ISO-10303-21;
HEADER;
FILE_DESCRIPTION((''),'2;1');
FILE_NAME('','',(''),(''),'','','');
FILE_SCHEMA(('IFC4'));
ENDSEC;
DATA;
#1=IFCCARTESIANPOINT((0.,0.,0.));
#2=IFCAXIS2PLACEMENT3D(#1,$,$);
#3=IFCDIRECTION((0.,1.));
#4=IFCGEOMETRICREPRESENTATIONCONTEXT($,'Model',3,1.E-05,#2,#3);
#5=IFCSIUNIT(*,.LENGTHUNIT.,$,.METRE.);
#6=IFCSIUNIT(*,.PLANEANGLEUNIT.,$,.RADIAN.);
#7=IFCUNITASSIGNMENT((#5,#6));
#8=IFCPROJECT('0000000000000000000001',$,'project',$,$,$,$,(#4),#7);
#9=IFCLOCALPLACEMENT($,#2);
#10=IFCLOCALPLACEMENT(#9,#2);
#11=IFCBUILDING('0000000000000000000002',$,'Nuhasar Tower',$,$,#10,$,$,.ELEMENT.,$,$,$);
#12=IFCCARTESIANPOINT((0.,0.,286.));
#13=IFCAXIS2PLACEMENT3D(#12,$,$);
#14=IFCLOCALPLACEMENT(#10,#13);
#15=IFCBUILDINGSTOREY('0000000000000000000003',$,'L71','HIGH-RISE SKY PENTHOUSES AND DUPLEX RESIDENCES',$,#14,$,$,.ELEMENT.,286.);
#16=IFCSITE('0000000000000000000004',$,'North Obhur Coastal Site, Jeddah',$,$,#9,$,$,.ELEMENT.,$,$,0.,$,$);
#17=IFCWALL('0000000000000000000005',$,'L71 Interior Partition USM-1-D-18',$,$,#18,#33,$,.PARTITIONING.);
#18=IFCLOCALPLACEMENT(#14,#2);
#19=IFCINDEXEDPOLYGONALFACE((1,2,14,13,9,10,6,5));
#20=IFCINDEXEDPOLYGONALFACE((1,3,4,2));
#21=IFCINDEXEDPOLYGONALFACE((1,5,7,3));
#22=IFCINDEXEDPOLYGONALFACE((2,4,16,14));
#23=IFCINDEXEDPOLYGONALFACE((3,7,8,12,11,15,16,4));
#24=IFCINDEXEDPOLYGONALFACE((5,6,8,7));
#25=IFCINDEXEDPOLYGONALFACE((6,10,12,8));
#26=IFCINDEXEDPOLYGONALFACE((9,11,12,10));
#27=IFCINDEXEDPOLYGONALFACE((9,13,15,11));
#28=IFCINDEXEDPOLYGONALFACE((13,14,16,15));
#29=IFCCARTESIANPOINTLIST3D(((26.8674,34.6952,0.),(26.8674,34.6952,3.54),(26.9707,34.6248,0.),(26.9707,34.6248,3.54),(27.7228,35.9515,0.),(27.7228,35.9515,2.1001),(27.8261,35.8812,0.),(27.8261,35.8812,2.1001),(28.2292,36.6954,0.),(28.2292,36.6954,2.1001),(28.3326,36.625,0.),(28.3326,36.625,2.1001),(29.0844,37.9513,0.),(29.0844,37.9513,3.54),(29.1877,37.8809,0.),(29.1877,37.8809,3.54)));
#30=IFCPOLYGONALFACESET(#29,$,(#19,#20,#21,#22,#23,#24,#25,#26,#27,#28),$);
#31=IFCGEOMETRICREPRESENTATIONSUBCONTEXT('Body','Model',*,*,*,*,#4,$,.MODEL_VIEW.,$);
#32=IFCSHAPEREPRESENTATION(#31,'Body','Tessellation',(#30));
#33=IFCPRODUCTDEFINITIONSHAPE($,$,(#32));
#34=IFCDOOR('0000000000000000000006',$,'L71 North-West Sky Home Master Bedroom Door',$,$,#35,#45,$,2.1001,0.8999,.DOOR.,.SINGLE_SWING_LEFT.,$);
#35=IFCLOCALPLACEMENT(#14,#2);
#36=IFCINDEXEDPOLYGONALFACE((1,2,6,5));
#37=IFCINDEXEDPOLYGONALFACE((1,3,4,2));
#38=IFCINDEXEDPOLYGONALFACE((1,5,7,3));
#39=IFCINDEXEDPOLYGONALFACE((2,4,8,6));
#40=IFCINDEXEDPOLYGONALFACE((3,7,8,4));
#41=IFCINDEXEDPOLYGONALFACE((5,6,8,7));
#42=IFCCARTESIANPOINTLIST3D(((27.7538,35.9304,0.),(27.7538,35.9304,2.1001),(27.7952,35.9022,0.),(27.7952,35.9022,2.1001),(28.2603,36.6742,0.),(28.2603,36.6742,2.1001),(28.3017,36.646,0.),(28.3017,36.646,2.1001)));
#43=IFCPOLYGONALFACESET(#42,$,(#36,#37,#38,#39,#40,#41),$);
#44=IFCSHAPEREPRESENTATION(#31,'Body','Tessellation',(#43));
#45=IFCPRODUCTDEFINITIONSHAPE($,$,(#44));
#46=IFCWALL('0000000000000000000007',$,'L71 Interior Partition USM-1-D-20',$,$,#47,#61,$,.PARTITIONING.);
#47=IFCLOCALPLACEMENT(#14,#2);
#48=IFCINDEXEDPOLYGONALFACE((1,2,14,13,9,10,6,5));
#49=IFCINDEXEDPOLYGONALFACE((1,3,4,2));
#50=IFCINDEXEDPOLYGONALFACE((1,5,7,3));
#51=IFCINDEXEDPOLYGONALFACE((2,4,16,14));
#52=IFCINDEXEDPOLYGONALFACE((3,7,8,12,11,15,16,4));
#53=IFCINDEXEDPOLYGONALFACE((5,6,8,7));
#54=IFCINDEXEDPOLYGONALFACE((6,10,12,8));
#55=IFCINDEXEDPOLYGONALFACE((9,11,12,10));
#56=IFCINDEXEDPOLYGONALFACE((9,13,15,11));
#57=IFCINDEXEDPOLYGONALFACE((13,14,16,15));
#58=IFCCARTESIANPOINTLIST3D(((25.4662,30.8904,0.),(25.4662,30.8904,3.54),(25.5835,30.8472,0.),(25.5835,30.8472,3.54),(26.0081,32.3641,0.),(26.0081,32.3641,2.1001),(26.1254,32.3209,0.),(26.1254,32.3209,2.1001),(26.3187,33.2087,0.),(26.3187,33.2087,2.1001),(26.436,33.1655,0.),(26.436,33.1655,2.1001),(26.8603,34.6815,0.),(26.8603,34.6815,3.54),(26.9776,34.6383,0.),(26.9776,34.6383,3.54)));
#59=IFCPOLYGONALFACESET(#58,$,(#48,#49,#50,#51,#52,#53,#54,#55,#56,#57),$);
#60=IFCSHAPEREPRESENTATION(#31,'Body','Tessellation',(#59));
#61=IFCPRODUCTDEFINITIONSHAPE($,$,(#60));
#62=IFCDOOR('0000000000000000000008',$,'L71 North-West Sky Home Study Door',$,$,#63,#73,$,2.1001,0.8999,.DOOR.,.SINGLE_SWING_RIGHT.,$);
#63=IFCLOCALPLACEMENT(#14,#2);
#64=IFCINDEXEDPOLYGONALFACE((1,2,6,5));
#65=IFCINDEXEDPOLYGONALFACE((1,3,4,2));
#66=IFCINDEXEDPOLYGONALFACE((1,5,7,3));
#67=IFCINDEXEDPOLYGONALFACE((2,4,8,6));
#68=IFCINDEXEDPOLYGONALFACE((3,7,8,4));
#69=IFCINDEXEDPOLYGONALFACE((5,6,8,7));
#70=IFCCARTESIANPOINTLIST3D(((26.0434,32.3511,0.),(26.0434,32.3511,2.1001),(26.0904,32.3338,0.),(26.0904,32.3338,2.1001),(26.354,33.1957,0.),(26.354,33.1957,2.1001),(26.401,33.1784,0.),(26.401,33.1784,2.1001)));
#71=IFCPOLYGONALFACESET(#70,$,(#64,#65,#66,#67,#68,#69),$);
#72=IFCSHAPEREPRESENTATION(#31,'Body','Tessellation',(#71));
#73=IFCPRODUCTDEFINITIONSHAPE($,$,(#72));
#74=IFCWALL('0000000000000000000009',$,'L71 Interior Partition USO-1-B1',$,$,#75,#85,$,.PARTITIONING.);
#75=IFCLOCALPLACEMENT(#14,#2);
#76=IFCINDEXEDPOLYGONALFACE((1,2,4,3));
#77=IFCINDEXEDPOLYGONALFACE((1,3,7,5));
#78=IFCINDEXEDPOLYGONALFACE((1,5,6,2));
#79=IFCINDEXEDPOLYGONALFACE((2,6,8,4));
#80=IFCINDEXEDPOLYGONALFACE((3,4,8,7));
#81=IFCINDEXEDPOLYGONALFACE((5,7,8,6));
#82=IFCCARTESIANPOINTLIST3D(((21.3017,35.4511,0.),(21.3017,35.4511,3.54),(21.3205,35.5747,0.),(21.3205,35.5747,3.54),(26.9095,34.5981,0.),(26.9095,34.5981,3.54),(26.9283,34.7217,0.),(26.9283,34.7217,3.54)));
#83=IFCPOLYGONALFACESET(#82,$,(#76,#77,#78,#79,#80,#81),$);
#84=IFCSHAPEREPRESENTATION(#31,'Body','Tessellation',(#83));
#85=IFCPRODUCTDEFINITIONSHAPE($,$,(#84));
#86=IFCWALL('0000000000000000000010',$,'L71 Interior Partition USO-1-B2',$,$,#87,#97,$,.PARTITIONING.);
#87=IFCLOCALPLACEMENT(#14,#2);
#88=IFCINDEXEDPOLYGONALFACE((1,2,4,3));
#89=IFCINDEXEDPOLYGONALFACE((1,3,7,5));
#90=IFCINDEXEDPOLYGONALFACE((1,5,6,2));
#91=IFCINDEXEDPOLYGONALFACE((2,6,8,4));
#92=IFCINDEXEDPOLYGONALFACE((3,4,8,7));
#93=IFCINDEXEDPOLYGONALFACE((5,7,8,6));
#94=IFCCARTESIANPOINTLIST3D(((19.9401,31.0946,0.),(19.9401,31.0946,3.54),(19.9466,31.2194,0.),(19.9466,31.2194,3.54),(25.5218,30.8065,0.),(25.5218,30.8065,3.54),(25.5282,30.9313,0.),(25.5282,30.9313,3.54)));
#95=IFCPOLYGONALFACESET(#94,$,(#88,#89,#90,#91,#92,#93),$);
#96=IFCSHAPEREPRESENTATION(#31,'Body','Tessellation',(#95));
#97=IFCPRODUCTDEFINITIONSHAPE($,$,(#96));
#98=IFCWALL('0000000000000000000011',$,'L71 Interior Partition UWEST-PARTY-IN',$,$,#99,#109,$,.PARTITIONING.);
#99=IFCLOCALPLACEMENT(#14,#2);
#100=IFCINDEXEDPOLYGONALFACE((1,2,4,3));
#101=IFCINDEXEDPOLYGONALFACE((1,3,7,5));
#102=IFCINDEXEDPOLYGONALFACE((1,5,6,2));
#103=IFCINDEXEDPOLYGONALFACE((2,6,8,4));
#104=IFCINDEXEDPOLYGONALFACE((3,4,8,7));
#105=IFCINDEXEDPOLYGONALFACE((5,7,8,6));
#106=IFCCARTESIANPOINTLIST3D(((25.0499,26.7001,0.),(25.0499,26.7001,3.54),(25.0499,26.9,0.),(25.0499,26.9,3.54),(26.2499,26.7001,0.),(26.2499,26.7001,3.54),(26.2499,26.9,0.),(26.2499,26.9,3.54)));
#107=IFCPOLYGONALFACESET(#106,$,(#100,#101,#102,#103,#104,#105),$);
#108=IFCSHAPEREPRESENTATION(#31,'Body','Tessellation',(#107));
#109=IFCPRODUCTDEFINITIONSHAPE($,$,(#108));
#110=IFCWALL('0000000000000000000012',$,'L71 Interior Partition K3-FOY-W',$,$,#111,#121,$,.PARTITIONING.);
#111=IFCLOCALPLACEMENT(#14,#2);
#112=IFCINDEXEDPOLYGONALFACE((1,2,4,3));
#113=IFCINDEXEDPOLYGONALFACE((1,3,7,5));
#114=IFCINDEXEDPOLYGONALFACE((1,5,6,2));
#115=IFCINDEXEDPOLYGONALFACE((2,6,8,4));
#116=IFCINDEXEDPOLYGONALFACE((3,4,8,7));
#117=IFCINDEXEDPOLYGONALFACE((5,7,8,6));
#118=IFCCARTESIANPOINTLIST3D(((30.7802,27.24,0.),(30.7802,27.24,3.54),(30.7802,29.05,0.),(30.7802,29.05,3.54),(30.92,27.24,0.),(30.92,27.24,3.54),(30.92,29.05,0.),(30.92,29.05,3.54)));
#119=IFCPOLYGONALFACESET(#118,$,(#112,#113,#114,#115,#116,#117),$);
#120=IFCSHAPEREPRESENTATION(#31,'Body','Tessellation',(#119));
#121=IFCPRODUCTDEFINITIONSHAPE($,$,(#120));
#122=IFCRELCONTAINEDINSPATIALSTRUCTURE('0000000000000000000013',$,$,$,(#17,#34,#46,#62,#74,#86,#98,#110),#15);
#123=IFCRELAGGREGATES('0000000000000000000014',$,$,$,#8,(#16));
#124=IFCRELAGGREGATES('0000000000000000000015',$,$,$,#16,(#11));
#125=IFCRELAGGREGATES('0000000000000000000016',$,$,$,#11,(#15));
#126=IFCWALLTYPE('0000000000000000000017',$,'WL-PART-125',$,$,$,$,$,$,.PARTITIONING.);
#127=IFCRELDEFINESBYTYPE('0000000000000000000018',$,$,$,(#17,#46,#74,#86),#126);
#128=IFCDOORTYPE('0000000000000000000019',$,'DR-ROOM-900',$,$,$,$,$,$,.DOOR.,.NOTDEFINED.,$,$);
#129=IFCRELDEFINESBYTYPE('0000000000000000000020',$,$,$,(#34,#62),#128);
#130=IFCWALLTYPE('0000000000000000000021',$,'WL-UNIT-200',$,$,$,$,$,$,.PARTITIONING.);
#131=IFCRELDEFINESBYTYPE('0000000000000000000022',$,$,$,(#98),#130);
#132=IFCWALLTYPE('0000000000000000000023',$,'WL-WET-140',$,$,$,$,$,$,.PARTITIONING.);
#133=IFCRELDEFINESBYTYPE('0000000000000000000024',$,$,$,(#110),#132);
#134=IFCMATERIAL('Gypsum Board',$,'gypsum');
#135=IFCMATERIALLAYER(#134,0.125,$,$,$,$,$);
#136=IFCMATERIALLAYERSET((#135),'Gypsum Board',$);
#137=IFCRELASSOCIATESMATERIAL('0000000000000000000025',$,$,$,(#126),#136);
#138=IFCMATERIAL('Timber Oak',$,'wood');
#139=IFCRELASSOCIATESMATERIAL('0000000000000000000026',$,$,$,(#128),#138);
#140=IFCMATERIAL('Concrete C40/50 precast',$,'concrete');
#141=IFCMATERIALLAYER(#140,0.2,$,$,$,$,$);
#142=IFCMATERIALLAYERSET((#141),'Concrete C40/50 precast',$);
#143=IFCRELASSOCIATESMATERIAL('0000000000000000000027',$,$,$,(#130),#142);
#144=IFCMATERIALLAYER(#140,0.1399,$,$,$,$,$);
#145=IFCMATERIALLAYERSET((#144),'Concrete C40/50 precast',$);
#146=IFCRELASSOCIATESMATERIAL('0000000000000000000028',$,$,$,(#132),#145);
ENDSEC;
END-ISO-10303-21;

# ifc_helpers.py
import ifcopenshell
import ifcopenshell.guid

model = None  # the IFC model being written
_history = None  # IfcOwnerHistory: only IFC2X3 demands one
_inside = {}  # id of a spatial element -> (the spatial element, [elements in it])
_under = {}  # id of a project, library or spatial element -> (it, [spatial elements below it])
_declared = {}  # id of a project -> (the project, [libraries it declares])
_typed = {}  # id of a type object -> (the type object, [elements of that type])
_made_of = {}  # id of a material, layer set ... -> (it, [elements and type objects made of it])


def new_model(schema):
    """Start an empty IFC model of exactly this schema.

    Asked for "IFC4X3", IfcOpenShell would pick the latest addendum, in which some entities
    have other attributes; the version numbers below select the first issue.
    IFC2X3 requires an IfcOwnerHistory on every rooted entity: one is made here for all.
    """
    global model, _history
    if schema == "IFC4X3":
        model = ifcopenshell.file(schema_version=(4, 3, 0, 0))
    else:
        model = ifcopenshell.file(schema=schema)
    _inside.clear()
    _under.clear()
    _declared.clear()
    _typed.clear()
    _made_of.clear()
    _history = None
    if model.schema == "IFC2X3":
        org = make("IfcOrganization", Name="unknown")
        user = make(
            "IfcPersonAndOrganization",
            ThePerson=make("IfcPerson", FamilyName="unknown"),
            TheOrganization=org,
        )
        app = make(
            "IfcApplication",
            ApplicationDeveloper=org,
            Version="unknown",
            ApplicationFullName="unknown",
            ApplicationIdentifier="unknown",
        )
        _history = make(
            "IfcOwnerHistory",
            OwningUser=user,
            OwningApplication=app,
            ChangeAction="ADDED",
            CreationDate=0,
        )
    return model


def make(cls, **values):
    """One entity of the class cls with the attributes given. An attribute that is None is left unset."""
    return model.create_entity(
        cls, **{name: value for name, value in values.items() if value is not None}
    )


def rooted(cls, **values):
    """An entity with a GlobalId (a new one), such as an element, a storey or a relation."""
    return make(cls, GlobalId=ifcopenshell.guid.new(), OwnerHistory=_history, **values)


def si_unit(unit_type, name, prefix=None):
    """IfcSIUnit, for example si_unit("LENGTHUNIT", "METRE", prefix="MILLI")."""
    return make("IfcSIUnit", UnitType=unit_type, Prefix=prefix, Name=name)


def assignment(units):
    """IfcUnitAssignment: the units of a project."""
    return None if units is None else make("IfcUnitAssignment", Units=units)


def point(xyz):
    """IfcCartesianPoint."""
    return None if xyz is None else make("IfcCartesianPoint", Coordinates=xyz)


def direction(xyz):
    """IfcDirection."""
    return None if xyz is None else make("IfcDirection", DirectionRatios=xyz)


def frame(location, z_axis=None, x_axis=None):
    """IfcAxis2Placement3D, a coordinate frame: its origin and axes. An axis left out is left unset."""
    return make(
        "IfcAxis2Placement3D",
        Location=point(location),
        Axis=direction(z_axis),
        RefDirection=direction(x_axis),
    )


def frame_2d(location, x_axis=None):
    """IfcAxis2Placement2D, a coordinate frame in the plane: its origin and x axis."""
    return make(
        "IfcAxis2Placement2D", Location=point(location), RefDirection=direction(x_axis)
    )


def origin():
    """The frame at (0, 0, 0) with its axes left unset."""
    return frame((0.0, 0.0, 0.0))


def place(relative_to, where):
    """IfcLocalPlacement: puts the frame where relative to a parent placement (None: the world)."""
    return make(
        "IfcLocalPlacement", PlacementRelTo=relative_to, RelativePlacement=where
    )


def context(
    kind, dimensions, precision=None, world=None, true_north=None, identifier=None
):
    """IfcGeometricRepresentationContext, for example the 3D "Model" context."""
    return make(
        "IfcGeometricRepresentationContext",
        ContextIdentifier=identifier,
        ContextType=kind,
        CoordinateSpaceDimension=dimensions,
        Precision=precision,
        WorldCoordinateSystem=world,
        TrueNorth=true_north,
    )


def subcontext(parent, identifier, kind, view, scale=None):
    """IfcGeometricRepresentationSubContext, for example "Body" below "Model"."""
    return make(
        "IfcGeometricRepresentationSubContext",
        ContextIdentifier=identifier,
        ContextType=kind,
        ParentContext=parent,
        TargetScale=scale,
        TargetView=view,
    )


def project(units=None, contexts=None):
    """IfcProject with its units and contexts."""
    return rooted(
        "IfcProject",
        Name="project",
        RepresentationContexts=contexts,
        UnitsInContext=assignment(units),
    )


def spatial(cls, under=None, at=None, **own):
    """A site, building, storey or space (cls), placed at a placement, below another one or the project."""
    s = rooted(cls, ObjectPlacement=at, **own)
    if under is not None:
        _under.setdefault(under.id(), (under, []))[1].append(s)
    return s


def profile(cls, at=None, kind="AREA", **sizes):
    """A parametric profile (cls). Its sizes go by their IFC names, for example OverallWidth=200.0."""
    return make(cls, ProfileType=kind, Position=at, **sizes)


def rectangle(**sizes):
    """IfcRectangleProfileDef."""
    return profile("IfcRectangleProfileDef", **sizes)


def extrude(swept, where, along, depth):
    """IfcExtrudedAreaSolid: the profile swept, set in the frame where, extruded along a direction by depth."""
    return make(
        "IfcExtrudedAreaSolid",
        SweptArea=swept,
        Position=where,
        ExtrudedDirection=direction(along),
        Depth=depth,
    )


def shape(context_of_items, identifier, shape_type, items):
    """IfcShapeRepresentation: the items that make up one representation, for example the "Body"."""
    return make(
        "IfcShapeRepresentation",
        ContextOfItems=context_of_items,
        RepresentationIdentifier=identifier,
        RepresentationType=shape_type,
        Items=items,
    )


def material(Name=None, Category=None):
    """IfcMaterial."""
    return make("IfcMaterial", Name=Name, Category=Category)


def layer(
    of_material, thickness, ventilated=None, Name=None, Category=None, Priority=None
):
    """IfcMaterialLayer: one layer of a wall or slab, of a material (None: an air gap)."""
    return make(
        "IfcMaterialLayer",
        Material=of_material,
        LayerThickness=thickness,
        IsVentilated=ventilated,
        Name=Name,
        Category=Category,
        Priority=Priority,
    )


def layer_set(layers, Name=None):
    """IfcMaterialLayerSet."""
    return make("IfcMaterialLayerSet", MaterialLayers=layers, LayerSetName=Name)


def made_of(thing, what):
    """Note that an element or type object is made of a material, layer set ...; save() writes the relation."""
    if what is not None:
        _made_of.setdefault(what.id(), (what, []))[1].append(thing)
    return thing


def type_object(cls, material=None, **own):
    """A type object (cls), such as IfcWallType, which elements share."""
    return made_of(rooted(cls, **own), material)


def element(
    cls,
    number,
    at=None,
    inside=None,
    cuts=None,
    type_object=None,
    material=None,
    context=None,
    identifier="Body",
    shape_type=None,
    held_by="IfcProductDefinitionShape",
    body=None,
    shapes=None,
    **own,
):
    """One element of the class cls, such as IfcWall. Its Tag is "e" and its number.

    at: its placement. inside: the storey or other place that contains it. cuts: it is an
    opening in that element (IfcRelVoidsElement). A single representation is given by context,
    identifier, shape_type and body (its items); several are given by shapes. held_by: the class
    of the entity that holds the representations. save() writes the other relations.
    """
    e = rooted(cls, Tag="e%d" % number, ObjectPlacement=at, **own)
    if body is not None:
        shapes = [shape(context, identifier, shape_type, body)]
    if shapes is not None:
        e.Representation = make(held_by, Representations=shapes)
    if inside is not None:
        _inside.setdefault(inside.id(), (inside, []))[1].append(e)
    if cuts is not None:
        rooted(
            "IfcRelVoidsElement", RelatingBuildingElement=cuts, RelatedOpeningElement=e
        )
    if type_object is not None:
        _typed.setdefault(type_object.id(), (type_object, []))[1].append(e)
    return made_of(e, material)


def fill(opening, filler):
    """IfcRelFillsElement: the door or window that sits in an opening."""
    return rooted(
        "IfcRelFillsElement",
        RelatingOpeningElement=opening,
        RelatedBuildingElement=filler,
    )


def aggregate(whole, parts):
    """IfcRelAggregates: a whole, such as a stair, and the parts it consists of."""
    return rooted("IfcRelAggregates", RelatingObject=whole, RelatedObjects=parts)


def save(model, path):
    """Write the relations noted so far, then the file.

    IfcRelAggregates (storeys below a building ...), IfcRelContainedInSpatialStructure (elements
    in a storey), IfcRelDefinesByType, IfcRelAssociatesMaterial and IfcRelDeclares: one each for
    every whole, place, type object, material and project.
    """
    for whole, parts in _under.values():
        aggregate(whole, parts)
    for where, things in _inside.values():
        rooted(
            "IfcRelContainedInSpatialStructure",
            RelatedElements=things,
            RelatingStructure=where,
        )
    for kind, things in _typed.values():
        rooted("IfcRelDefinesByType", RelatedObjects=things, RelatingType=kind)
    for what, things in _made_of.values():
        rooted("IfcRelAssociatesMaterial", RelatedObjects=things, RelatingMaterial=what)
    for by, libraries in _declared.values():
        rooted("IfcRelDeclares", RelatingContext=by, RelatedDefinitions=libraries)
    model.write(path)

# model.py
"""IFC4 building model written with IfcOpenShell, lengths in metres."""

from ifc_helpers import new_model, si_unit, direction, frame, frame_2d, origin, place, context, subcontext, project, spatial, rectangle, extrude, material, layer, layer_set, type_object, element, fill, save


model = new_model("IFC4")

# Units and contexts
model_context = context("Model", 3, precision=1e-05, world=origin(), true_north=direction((0.0, 1.0)))
body_context = subcontext(model_context, "Body", "Model", "MODEL_VIEW")
ifc_project = project(units=[si_unit("LENGTHUNIT", "METRE"), si_unit("PLANEANGLEUNIT", "RADIAN")], contexts=[model_context])

# Site, building, storey
site_placement = place(None, origin())
site = spatial("IfcSite", under=ifc_project, at=site_placement, Name="North Obhur Coastal Site, Jeddah", CompositionType="ELEMENT", RefElevation=0.0)
building_placement = place(site_placement, origin())
building = spatial("IfcBuilding", under=site, at=building_placement, Name="Nuhasar Tower", CompositionType="ELEMENT")
storey_placement = place(building_placement, frame((0.0, 0.0, 286.0)))
storey = spatial("IfcBuildingStorey", under=building, at=storey_placement, Name="L71", Description="HIGH-RISE SKY PENTHOUSES AND DUPLEX RESIDENCES", CompositionType="ELEMENT", Elevation=286.0)

# Shared definitions
ifc_material_1 = material(Name="Gypsum Board", Category="gypsum")

# Shared definitions
ifc_material_2 = material(Name="Timber Oak", Category="wood")

# Walls, openings, doors
ifc_layer_1 = layer(ifc_material_1, 0.125)
ifc_layer_set_1 = layer_set([ifc_layer_1], Name="Gypsum Board")
wall_type_1 = type_object("IfcWallType", Name="WL-PART-125", PredefinedType="PARTITIONING", material=ifc_layer_set_1)
door_type_1 = type_object("IfcDoorType", Name="DR-ROOM-900", OperationType="NOTDEFINED", PredefinedType="DOOR", material=ifc_material_2)
wall_1_placement = place(storey_placement, frame((26.9189, 34.6599, 0.0), z_axis=(0.0, 0.0, 1.0), x_axis=(0.562812, 0.826585, 0.0)))
wall_1 = element("IfcWall", 1, at=wall_1_placement, inside=storey, type_object=wall_type_1, Name="L71 Interior Partition USM-1-D-18", PredefinedType="PARTITIONING", context=body_context, shape_type="SweptSolid", body=[
    extrude(rectangle(XDim=3.9392, YDim=0.125, at=frame_2d((1.9697, 0.0))), origin(), (0.0, 0.0, 1.0), 3.54),
])
opening_1_placement = place(wall_1_placement, frame((1.52, 0.0, 0.0)))
opening_1 = element("IfcOpeningElement", 2, at=opening_1_placement, cuts=wall_1, PredefinedType="OPENING", context=body_context, shape_type="SweptSolid", body=[
    extrude(rectangle(XDim=0.8999, YDim=2.1001, at=frame_2d((0.45, 1.05))), frame((0.0, 0.0725, 0.0), z_axis=(0.0, -1.0, 0.0), x_axis=(1.0, 0.0, 0.0)), (0.0, 0.0, 1.0), 0.145),
])
door_1_placement = place(opening_1_placement, origin())
door_1 = element("IfcDoor", 3, at=door_1_placement, inside=storey, type_object=door_type_1, Name="L71 North-West Sky Home Master Bedroom Door", OperationType="SINGLE_SWING_LEFT", OverallHeight=2.1001, OverallWidth=0.8999, PredefinedType="DOOR", context=body_context, shape_type="SweptSolid", body=[
    extrude(rectangle(XDim=0.8999, YDim=2.1001, at=frame_2d((0.45, 1.05))), frame((0.0, 0.0249, 0.0), z_axis=(0.0, -1.0, 0.0), x_axis=(1.0, 0.0, 0.0)), (0.0, 0.0, 1.0), 0.05),
])
fill(opening_1, door_1)
wall_2_placement = place(storey_placement, frame((25.5249, 30.8689, 0.0), z_axis=(0.0, 0.0, 1.0), x_axis=(0.345128, 0.938556, 0.0)))
wall_2 = element("IfcWall", 4, at=wall_2_placement, inside=storey, type_object=wall_type_1, Name="L71 Interior Partition USM-1-D-20", PredefinedType="PARTITIONING", context=body_context, shape_type="SweptSolid", body=[
    extrude(rectangle(XDim=4.0393, YDim=0.125, at=frame_2d((2.0195, 0.0))), origin(), (0.0, 0.0, 1.0), 3.54),
])
opening_2_placement = place(wall_2_placement, frame((1.5701, 0.0, 0.0)))
opening_2 = element("IfcOpeningElement", 5, at=opening_2_placement, cuts=wall_2, PredefinedType="OPENING", context=body_context, shape_type="SweptSolid", body=[
    extrude(rectangle(XDim=0.8999, YDim=2.1001, at=frame_2d((0.45, 1.05))), frame((0.0, 0.0725, 0.0), z_axis=(0.0, -1.0, 0.0), x_axis=(1.0, 0.0, 0.0)), (0.0, 0.0, 1.0), 0.145),
])
door_2_placement = place(opening_2_placement, origin())
door_2 = element("IfcDoor", 6, at=door_2_placement, inside=storey, type_object=door_type_1, Name="L71 North-West Sky Home Study Door", OperationType="SINGLE_SWING_RIGHT", OverallHeight=2.1001, OverallWidth=0.8999, PredefinedType="DOOR", context=body_context, shape_type="SweptSolid", body=[
    extrude(rectangle(XDim=0.8999, YDim=2.1001, at=frame_2d((0.45, 1.05))), frame((0.0, 0.0249, 0.0), z_axis=(0.0, -1.0, 0.0), x_axis=(1.0, 0.0, 0.0)), (0.0, 0.0, 1.0), 0.05),
])
fill(opening_2, door_2)

# Walls
wall_3_placement = place(storey_placement, frame((26.9189, 34.6599, 0.0), z_axis=(0.0, 0.0, 1.0), x_axis=(-0.988628, 0.150382, 0.0)))
element("IfcWall", 7, at=wall_3_placement, inside=storey, type_object=wall_type_1, Name="L71 Interior Partition USO-1-B1", PredefinedType="PARTITIONING", context=body_context, shape_type="SweptSolid", body=[
    extrude(rectangle(XDim=5.6724, YDim=0.125, at=frame_2d((2.8362, 0.0))), origin(), (0.0, 0.0, 1.0), 3.54),
])
wall_4_placement = place(storey_placement, frame((25.5249, 30.8689, 0.0), z_axis=(0.0, 0.0, 1.0), x_axis=(-0.998671, 0.051543, 0.0)))
element("IfcWall", 8, at=wall_4_placement, inside=storey, type_object=wall_type_1, Name="L71 Interior Partition USO-1-B2", PredefinedType="PARTITIONING", context=body_context, shape_type="SweptSolid", body=[
    extrude(rectangle(XDim=5.5891, YDim=0.125, at=frame_2d((2.7944, 0.0))), origin(), (0.0, 0.0, 1.0), 3.54),
])
ifc_material_3 = material(Name="Concrete C40/50 precast", Category="concrete")
ifc_layer_2 = layer(ifc_material_3, 0.2)
ifc_layer_set_2 = layer_set([ifc_layer_2], Name="Concrete C40/50 precast")
wall_type_2 = type_object("IfcWallType", Name="WL-UNIT-200", PredefinedType="PARTITIONING", material=ifc_layer_set_2)
wall_5_placement = place(storey_placement, frame((26.25, 26.8, 0.0), z_axis=(0.0, 0.0, 1.0), x_axis=(-1.0, 0.0, 0.0)))
element("IfcWall", 9, at=wall_5_placement, inside=storey, type_object=wall_type_2, Name="L71 Interior Partition UWEST-PARTY-IN", PredefinedType="PARTITIONING", context=body_context, shape_type="SweptSolid", body=[
    extrude(rectangle(XDim=1.2, YDim=0.2, at=frame_2d((0.6001, 0.0))), origin(), (0.0, 0.0, 1.0), 3.54),
])
ifc_layer_3 = layer(ifc_material_3, 0.1399)
ifc_layer_set_3 = layer_set([ifc_layer_3], Name="Concrete C40/50 precast")
wall_type_3 = type_object("IfcWallType", Name="WL-WET-140", PredefinedType="PARTITIONING", material=ifc_layer_set_3)
wall_6_placement = place(storey_placement, frame((30.8501, 27.24, 0.0), z_axis=(0.0, 0.0, 1.0), x_axis=(0.0, 1.0, 0.0)))
element("IfcWall", 10, at=wall_6_placement, inside=storey, type_object=wall_type_3, Name="L71 Interior Partition K3-FOY-W", PredefinedType="PARTITIONING", context=body_context, shape_type="SweptSolid", body=[
    extrude(rectangle(XDim=1.8101, YDim=0.1399, at=frame_2d((0.905, 0.0))), origin(), (0.0, 0.0, 1.0), 3.54),
])

save(model, "model.ifc")
